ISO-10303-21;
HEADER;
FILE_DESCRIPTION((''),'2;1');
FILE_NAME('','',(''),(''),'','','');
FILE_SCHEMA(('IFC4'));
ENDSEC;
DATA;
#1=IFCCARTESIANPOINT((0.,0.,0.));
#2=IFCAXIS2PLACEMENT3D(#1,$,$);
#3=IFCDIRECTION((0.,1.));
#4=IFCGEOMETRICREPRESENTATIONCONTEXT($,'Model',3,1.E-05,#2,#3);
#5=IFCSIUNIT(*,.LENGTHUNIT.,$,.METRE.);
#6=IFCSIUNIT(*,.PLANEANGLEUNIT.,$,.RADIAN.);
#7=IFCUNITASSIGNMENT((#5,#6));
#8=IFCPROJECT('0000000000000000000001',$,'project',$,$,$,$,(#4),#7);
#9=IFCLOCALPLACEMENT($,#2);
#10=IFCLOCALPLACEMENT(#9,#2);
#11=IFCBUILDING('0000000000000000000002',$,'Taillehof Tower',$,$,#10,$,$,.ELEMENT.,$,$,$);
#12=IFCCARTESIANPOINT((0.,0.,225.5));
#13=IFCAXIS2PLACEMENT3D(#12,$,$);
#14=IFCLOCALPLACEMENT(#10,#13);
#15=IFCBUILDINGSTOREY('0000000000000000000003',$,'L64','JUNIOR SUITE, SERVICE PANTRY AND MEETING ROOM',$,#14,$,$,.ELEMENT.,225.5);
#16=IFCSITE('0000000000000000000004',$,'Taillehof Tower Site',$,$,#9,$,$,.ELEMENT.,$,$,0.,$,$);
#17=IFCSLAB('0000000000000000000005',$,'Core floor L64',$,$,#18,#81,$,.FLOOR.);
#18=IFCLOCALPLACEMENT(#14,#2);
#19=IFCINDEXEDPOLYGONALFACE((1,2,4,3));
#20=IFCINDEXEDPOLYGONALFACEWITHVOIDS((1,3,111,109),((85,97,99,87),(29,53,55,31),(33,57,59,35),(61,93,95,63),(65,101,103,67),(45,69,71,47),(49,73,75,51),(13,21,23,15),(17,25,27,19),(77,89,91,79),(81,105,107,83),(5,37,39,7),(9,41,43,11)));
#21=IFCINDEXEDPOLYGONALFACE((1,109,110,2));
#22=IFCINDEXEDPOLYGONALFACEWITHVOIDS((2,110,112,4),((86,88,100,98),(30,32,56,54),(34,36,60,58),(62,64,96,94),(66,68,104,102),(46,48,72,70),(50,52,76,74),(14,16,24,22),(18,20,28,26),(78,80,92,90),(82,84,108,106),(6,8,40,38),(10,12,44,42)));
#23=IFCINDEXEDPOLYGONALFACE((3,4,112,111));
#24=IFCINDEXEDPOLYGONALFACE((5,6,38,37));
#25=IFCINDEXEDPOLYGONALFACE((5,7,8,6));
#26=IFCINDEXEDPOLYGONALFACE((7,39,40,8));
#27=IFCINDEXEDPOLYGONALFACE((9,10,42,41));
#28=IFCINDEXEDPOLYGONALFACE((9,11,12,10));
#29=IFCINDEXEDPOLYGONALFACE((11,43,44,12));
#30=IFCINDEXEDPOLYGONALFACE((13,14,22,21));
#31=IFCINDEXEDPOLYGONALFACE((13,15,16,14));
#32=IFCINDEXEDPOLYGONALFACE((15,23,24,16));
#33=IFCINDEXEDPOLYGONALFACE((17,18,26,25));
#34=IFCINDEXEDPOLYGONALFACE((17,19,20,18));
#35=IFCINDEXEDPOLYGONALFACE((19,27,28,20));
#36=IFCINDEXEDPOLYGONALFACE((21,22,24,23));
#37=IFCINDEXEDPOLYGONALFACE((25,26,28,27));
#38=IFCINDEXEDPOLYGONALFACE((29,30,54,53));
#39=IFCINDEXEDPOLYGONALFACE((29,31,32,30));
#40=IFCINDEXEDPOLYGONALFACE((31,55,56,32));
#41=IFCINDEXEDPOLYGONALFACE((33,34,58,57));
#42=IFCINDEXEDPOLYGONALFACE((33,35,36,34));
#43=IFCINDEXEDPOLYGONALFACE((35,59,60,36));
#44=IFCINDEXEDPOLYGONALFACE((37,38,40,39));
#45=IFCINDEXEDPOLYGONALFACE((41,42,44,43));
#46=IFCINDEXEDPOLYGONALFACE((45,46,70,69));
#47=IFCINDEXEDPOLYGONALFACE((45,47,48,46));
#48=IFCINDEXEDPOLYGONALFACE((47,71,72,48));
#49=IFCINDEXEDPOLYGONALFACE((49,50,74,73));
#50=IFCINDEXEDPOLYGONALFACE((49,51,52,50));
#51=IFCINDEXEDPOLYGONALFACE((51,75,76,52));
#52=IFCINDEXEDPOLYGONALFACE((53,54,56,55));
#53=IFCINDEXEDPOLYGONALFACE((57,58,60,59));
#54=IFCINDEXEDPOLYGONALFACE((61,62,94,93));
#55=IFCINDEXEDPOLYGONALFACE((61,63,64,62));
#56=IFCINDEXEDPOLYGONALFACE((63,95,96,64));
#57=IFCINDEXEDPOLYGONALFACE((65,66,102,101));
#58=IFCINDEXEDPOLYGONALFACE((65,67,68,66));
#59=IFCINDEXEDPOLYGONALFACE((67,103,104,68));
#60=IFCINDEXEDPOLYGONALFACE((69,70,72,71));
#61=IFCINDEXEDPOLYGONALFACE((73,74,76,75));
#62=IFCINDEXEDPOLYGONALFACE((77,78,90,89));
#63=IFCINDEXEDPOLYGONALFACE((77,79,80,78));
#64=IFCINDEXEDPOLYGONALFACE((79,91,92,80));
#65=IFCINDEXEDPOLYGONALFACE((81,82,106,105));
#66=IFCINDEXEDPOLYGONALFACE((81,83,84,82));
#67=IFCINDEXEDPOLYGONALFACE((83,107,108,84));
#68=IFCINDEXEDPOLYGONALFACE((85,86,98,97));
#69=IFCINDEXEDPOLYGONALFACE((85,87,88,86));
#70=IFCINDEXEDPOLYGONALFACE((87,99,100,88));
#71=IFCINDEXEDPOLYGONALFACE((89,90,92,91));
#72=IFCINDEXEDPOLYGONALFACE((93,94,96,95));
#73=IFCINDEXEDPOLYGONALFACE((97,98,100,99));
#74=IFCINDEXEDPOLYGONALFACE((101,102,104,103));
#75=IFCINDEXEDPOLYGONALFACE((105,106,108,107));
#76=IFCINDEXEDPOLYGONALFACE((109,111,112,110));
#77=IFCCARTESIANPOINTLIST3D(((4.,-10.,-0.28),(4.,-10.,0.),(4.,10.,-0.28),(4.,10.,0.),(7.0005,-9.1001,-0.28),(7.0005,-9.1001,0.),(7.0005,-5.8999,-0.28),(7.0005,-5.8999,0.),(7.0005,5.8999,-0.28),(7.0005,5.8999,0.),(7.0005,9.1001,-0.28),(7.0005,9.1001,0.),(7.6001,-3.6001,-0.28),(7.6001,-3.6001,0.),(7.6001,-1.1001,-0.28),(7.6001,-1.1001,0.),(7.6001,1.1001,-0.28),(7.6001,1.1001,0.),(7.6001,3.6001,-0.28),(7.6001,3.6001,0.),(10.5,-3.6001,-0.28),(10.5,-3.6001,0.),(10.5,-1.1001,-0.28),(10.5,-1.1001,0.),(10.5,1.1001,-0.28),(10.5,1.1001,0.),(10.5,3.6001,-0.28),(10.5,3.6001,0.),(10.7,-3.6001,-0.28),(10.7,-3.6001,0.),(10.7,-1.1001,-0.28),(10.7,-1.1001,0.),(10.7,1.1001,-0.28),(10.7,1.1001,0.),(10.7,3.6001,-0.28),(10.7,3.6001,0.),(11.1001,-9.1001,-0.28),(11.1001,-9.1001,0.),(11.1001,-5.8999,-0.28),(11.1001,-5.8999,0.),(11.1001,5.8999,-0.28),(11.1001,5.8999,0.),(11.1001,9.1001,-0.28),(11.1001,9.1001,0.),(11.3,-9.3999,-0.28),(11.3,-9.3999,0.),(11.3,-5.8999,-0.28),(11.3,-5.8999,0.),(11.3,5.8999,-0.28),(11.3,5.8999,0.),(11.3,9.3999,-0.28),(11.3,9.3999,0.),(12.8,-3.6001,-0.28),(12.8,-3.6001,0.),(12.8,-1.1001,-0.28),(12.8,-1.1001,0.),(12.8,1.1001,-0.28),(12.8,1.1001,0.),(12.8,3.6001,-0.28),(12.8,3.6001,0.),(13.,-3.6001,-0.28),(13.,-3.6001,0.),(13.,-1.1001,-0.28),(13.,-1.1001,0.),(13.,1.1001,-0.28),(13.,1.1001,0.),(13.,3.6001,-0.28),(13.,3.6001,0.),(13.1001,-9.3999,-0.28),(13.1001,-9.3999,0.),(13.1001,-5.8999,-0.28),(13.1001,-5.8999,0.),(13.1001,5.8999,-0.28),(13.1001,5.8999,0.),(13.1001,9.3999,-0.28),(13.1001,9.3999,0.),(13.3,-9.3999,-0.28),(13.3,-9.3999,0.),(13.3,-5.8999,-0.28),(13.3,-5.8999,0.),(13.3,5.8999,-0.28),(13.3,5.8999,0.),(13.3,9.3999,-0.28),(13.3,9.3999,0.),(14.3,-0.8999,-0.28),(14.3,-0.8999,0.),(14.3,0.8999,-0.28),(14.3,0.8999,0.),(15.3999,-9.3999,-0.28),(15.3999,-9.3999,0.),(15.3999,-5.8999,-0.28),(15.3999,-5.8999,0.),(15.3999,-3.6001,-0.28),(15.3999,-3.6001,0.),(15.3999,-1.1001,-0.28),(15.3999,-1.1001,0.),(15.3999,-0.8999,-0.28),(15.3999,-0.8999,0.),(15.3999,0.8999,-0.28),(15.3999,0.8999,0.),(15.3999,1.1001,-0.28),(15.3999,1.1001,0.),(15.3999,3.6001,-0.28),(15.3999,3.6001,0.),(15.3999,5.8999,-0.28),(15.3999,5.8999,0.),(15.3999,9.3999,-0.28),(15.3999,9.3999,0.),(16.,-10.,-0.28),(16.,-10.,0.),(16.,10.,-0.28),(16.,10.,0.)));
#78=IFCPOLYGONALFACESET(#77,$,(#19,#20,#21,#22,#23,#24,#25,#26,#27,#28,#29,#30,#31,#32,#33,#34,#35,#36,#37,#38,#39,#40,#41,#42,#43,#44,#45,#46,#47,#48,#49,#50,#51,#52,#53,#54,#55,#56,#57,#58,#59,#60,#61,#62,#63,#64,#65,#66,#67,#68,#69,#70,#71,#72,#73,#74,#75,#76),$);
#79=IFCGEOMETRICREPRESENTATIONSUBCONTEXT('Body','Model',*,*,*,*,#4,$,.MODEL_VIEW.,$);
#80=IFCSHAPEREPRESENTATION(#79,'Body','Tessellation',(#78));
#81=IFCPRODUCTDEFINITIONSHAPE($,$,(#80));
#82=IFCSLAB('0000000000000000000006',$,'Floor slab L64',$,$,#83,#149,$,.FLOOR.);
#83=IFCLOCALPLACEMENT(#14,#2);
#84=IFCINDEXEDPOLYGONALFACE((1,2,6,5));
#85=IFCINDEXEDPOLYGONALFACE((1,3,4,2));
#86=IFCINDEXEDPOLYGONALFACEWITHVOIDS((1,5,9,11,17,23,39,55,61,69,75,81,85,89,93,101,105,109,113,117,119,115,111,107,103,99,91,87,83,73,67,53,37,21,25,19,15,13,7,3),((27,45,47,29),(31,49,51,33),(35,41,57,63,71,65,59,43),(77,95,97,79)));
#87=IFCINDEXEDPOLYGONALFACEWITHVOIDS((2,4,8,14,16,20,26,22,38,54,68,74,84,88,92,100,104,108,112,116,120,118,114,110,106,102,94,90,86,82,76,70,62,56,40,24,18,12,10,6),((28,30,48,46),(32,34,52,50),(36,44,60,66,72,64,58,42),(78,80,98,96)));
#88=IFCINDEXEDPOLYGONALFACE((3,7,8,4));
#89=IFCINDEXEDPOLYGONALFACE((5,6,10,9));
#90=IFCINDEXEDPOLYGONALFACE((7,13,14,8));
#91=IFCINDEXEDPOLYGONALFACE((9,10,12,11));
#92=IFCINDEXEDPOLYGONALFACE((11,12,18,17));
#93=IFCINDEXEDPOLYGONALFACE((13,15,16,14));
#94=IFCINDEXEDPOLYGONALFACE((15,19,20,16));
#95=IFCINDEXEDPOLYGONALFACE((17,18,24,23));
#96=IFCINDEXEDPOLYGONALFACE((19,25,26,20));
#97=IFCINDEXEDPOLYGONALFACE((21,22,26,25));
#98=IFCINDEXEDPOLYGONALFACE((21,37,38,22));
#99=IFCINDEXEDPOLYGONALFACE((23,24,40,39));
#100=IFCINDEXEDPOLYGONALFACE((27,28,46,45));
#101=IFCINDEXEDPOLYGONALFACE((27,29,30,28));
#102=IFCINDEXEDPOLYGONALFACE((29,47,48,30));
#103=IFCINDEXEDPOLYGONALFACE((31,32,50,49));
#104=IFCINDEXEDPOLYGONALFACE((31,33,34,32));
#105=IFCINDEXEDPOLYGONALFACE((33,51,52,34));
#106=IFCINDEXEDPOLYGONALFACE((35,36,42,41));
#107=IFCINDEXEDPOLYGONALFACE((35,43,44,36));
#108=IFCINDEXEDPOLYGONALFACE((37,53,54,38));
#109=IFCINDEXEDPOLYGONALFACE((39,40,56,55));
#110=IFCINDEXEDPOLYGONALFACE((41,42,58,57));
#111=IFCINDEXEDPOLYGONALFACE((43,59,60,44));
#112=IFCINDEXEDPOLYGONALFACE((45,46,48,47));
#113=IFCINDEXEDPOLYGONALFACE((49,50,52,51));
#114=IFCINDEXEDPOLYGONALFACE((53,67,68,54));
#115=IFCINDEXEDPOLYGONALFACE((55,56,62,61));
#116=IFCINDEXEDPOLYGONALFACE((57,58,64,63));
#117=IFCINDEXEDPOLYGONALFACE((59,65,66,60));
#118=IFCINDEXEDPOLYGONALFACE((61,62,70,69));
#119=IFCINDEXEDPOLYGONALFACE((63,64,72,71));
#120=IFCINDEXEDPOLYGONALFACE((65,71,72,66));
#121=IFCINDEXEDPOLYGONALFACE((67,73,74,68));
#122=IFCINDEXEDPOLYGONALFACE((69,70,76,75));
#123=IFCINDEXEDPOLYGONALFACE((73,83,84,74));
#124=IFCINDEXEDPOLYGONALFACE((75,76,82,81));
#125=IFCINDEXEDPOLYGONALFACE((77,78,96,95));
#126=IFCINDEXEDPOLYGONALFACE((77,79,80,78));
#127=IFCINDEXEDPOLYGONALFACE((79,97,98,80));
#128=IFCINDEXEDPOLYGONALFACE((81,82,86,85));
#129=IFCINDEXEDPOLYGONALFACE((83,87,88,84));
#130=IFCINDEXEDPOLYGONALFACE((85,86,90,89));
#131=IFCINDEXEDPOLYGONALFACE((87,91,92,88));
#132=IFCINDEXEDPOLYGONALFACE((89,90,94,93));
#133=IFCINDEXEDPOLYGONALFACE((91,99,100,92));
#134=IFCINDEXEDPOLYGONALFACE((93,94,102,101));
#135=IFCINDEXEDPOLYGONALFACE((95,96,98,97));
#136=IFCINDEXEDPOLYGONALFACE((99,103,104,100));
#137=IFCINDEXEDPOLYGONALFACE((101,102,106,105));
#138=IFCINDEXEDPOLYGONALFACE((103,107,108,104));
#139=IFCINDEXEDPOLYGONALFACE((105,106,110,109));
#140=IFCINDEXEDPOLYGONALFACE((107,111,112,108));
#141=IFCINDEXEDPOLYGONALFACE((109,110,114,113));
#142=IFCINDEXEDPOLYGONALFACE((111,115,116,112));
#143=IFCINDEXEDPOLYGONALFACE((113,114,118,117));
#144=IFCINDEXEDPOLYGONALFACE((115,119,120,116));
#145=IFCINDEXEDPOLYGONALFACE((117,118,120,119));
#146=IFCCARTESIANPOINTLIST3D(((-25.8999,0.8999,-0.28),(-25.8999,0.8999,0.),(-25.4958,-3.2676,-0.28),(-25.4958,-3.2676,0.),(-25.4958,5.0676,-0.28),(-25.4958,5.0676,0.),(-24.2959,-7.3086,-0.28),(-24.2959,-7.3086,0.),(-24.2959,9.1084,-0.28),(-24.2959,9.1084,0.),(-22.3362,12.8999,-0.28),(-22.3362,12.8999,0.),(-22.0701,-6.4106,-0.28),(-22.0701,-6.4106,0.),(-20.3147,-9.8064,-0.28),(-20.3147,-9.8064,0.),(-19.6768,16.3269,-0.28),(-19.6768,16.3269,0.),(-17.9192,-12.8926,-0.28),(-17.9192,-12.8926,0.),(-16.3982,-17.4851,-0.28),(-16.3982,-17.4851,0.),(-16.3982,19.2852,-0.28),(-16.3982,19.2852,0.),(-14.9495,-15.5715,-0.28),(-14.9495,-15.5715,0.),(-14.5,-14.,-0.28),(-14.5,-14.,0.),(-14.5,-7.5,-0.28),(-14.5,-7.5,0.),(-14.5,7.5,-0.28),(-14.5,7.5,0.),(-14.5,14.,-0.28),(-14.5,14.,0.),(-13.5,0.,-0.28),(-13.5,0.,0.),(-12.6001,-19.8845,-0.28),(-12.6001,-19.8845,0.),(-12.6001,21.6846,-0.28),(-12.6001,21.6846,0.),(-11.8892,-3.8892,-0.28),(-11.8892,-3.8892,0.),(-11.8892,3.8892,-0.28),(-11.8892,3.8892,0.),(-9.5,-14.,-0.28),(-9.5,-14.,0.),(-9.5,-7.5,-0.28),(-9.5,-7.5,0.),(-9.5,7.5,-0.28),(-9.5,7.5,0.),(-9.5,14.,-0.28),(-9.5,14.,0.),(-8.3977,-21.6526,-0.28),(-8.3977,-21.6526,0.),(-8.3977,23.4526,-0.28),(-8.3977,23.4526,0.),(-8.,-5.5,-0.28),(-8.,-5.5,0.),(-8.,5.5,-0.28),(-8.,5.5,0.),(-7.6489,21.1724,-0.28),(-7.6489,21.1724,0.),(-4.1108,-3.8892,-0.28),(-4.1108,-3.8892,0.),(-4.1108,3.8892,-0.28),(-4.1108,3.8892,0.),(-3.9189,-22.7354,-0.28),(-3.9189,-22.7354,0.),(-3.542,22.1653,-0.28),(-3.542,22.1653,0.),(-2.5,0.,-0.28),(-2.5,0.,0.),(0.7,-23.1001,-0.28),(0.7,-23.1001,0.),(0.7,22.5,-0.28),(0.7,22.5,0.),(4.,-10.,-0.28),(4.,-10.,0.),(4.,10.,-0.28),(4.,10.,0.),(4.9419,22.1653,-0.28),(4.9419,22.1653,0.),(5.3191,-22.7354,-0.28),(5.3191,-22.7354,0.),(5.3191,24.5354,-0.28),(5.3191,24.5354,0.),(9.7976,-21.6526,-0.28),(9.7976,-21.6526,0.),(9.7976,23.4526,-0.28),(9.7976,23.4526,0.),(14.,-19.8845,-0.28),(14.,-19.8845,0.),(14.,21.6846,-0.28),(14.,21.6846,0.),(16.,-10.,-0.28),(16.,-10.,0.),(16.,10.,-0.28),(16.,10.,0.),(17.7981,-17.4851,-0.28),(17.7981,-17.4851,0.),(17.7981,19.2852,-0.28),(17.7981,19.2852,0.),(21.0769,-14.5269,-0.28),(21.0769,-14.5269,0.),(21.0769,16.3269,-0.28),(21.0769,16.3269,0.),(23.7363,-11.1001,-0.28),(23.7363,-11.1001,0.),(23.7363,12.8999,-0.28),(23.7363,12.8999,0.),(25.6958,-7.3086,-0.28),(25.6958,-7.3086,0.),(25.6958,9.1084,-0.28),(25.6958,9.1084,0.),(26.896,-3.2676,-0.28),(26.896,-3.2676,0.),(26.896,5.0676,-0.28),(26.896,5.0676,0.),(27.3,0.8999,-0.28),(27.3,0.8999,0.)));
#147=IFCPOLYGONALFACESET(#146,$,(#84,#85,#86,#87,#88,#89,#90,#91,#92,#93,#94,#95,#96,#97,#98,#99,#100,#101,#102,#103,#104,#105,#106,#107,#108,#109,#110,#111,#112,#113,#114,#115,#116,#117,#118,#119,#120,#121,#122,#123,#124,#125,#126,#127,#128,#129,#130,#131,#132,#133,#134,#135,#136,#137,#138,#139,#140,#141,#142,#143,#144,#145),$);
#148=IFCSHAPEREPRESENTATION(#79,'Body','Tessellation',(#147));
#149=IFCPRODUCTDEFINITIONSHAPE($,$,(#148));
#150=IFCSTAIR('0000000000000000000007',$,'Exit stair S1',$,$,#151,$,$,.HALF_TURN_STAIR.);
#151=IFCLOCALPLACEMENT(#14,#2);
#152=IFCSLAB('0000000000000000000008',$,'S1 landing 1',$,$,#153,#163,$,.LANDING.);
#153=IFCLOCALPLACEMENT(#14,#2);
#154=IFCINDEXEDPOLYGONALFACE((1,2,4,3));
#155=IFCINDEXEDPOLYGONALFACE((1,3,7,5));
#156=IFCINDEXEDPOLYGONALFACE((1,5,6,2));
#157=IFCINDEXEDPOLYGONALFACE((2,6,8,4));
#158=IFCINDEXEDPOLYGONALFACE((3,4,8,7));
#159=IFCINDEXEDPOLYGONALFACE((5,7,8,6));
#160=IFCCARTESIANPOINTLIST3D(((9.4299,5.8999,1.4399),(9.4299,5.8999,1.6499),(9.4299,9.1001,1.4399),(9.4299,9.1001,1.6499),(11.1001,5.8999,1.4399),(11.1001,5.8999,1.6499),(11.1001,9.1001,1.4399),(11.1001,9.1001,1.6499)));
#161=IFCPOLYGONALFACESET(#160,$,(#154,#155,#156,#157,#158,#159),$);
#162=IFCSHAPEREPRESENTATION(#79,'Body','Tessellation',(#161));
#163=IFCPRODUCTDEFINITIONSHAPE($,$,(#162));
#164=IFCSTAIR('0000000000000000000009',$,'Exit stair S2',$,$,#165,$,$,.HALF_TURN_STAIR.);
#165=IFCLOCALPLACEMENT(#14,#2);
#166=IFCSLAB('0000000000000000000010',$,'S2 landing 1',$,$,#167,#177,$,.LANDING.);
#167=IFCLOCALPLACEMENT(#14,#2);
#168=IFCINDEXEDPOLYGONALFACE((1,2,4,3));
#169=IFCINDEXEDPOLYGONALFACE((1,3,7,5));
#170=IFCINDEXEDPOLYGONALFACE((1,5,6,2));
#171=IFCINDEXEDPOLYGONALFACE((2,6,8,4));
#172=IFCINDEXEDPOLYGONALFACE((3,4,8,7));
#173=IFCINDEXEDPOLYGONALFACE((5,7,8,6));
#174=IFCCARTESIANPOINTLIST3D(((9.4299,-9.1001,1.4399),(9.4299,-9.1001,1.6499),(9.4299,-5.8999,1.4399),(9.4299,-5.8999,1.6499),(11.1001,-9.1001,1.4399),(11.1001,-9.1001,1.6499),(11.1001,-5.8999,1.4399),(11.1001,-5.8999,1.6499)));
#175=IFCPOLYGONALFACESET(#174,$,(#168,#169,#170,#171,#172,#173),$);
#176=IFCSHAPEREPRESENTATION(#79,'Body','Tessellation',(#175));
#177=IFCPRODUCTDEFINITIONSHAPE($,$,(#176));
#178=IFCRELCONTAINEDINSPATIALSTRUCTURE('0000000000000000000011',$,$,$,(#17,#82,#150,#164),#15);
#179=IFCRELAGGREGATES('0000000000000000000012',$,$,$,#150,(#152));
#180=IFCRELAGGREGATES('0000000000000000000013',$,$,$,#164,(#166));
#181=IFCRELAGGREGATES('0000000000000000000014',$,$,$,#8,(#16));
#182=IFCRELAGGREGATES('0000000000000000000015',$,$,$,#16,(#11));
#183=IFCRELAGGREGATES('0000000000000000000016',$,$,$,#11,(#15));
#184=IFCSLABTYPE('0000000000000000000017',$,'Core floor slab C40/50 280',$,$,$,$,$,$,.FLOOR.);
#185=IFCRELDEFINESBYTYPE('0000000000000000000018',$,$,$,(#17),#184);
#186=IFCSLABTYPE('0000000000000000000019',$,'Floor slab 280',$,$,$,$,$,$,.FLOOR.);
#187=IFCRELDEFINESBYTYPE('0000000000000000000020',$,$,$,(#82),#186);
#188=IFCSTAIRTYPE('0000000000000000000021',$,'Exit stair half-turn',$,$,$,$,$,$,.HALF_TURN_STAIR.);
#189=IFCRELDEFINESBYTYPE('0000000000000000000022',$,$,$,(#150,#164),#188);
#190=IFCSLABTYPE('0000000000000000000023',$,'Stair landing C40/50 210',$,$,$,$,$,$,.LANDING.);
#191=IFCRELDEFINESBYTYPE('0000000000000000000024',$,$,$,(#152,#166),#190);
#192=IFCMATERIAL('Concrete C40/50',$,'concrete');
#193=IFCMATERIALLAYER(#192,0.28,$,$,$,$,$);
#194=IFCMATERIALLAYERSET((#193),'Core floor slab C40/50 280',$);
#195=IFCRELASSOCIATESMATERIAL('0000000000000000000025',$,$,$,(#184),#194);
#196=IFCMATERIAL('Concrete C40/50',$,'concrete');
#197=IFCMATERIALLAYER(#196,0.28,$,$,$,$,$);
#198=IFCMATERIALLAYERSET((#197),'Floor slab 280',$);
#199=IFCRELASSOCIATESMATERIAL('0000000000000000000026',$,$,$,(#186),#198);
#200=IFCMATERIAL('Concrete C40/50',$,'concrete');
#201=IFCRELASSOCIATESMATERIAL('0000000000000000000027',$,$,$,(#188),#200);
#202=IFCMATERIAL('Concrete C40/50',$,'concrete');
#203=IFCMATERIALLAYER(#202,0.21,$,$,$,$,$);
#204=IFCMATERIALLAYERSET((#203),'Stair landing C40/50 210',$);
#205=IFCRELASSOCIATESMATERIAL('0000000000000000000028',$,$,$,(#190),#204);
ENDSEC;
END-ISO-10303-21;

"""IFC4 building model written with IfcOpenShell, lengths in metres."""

from ifc_helpers import new_model, si_unit, direction, frame, origin, place, context, subcontext, project, spatial, polyline, outline, extrude, material, layer, layer_set, type_object, element, aggregate, save


model = new_model("IFC4")

# Units and contexts
model_context = context("Model", 3, precision=1e-05, world=origin(), true_north=direction((0.0, 1.0)))
body_context = subcontext(model_context, "Body", "Model", "MODEL_VIEW")
ifc_project = project(units=[si_unit("LENGTHUNIT", "METRE"), si_unit("PLANEANGLEUNIT", "RADIAN")], contexts=[model_context])

# Site, building, storey
site_placement = place(None, origin())
site = spatial("IfcSite", under=ifc_project, at=site_placement, Name="Taillehof Tower Site", CompositionType="ELEMENT", RefElevation=0.0)
building_placement = place(site_placement, origin())
building = spatial("IfcBuilding", under=site, at=building_placement, Name="Taillehof Tower", CompositionType="ELEMENT")
storey_placement = place(building_placement, frame((0.0, 0.0, 225.5)))
storey = spatial("IfcBuildingStorey", under=building, at=storey_placement, Name="L64", Description="JUNIOR SUITE, SERVICE PANTRY AND MEETING ROOM", CompositionType="ELEMENT", Elevation=225.5)

# Slabs
ifc_material_1 = material(Name="Concrete C40/50", Category="concrete")
ifc_layer_1 = layer(ifc_material_1, 0.28)
ifc_layer_set_1 = layer_set([ifc_layer_1], Name="Core floor slab C40/50 280")
slab_type_1 = type_object("IfcSlabType", Name="Core floor slab C40/50 280", PredefinedType="FLOOR", material=ifc_layer_set_1)
slab_1_placement = place(storey_placement, frame((0.0, 0.0, -0.28)))
element("IfcSlab", 1, at=slab_1_placement, inside=storey, type_object=slab_type_1, Name="Core floor L64", PredefinedType="FLOOR", context=body_context, shape_type="SweptSolid", body=[
    extrude(outline(polyline([(4.0, -10.0), (4.0, 10.0), (16.0, 10.0), (16.0, -10.0), (4.0, -10.0)]), holes=[polyline([(11.1001, -9.1001), (11.1001, -5.8999), (7.0005, -5.8999), (7.0005, -9.1001), (11.1001, -9.1001)]), polyline([(10.5, -3.6001), (10.5, -1.1001), (7.6001, -1.1001), (7.6001, -3.6001), (10.5, -3.6001)]), polyline([(12.8, -3.6001), (12.8, -1.1001), (10.7, -1.1001), (10.7, -3.6001), (12.8, -3.6001)]), polyline([(10.5, 3.6001), (7.6001, 3.6001), (7.6001, 1.1001), (10.5, 1.1001), (10.5, 3.6001)]), polyline([(12.8, 1.1001), (12.8, 3.6001), (10.7, 3.6001), (10.7, 1.1001), (12.8, 1.1001)]), polyline([(11.1001, 5.8999), (11.1001, 9.1001), (7.0005, 9.1001), (7.0005, 5.8999), (11.1001, 5.8999)]), polyline([(13.1001, 9.3999), (11.3, 9.3999), (11.3, 5.8999), (13.1001, 5.8999), (13.1001, 9.3999)]), polyline([(13.1001, -9.3999), (13.1001, -5.8999), (11.3, -5.8999), (11.3, -9.3999), (13.1001, -9.3999)]), polyline([(15.3999, -9.3999), (15.3999, -5.8999), (13.3, -5.8999), (13.3, -9.3999), (15.3999, -9.3999)]), polyline([(15.3999, -3.6001), (15.3999, -1.1001), (13.0, -1.1001), (13.0, -3.6001), (15.3999, -3.6001)]), polyline([(15.3999, -0.8999), (15.3999, 0.8999), (14.3, 0.8999), (14.3, -0.8999), (15.3999, -0.8999)]), polyline([(15.3999, 1.1001), (15.3999, 3.6001), (13.0, 3.6001), (13.0, 1.1001), (15.3999, 1.1001)]), polyline([(15.3999, 5.8999), (15.3999, 9.3999), (13.3, 9.3999), (13.3, 5.8999), (15.3999, 5.8999)])]), origin(), (0.0, 0.0, 1.0), 0.28),
])
ifc_material_2 = material(Name="Concrete C40/50", Category="concrete")
ifc_layer_2 = layer(ifc_material_2, 0.28)
ifc_layer_set_2 = layer_set([ifc_layer_2], Name="Floor slab 280")
slab_type_2 = type_object("IfcSlabType", Name="Floor slab 280", PredefinedType="FLOOR", material=ifc_layer_set_2)
slab_2_placement = place(storey_placement, frame((0.0, 0.0, -0.28)))
element("IfcSlab", 2, at=slab_2_placement, inside=storey, type_object=slab_type_2, Name="Floor slab L64", PredefinedType="FLOOR", context=body_context, shape_type="SweptSolid", body=[
    extrude(outline(polyline([(27.3, 0.8999), (26.896, 5.0676), (25.6958, 9.1084), (23.7363, 12.8999), (21.0769, 16.3269), (17.7981, 19.2852), (14.0, 21.6846), (9.7976, 23.4526), (5.3191, 24.5354), (4.9419, 22.1653), (0.7, 22.5), (-3.542, 22.1653), (-7.6489, 21.1724), (-8.3977, 23.4526), (-12.6001, 21.6846), (-16.3982, 19.2852), (-19.6768, 16.3269), (-22.3362, 12.8999), (-24.2959, 9.1084), (-25.4958, 5.0676), (-25.8999, 0.8999), (-25.4958, -3.2676), (-24.2959, -7.3086), (-22.0701, -6.4106), (-20.3147, -9.8064), (-17.9192, -12.8926), (-14.9495, -15.5715), (-16.3982, -17.4851), (-12.6001, -19.8845), (-8.3977, -21.6526), (-3.9189, -22.7354), (0.7, -23.1001), (5.3191, -22.7354), (9.7976, -21.6526), (14.0, -19.8845), (17.7981, -17.4851), (21.0769, -14.5269), (23.7363, -11.1001), (25.6958, -7.3086), (26.896, -3.2676), (27.3, 0.8999)]), holes=[polyline([(-14.5, -7.5), (-9.5, -7.5), (-9.5, -14.0), (-14.5, -14.0), (-14.5, -7.5)]), polyline([(-8.0, -5.5), (-11.8892, -3.8892), (-13.5, 0.0), (-11.8892, 3.8892), (-8.0, 5.5), (-4.1108, 3.8892), (-2.5, 0.0), (-4.1108, -3.8892), (-8.0, -5.5)]), polyline([(16.0, 10.0), (16.0, -10.0), (4.0, -10.0), (4.0, 10.0), (16.0, 10.0)]), polyline([(-14.5, 14.0), (-9.5, 14.0), (-9.5, 7.5), (-14.5, 7.5), (-14.5, 14.0)])]), origin(), (0.0, 0.0, 1.0), 0.28),
])

# Stairs, slabs
ifc_material_3 = material(Name="Concrete C40/50", Category="concrete")
stair_type = type_object("IfcStairType", Name="Exit stair half-turn", PredefinedType="HALF_TURN_STAIR", material=ifc_material_3)
stair_1_placement = place(storey_placement, origin())
stair_1 = element("IfcStair", 3, at=stair_1_placement, inside=storey, type_object=stair_type, Name="Exit stair S1", PredefinedType="HALF_TURN_STAIR")
ifc_material_4 = material(Name="Concrete C40/50", Category="concrete")
ifc_layer_3 = layer(ifc_material_4, 0.21)
ifc_layer_set_3 = layer_set([ifc_layer_3], Name="Stair landing C40/50 210")
slab_type_3 = type_object("IfcSlabType", Name="Stair landing C40/50 210", PredefinedType="LANDING", material=ifc_layer_set_3)
slab_3_placement = place(storey_placement, frame((0.0, 0.0, 1.4399)))
slab_3 = element("IfcSlab", 4, at=slab_3_placement, type_object=slab_type_3, Name="S1 landing 1", PredefinedType="LANDING", context=body_context, shape_type="SweptSolid", body=[
    extrude(outline(polyline([(9.4299, 5.8999), (11.1001, 5.8999), (11.1001, 9.1001), (9.4299, 9.1001), (9.4299, 5.8999)])), origin(), (0.0, 0.0, 1.0), 0.21),
])
aggregate(stair_1, [slab_3])
stair_2_placement = place(storey_placement, origin())
stair_2 = element("IfcStair", 5, at=stair_2_placement, inside=storey, type_object=stair_type, Name="Exit stair S2", PredefinedType="HALF_TURN_STAIR")
slab_4_placement = place(storey_placement, frame((0.0, 0.0, 1.4399)))
slab_4 = element("IfcSlab", 6, at=slab_4_placement, type_object=slab_type_3, Name="S2 landing 1", PredefinedType="LANDING", context=body_context, shape_type="SweptSolid", body=[
    extrude(outline(polyline([(9.4299, -5.8999), (11.1001, -5.8999), (11.1001, -9.1001), (9.4299, -9.1001), (9.4299, -5.8999)])), origin(), (0.0, 0.0, 1.0), 0.21),
])
aggregate(stair_2, [slab_4])

save(model, "model.ifc")
